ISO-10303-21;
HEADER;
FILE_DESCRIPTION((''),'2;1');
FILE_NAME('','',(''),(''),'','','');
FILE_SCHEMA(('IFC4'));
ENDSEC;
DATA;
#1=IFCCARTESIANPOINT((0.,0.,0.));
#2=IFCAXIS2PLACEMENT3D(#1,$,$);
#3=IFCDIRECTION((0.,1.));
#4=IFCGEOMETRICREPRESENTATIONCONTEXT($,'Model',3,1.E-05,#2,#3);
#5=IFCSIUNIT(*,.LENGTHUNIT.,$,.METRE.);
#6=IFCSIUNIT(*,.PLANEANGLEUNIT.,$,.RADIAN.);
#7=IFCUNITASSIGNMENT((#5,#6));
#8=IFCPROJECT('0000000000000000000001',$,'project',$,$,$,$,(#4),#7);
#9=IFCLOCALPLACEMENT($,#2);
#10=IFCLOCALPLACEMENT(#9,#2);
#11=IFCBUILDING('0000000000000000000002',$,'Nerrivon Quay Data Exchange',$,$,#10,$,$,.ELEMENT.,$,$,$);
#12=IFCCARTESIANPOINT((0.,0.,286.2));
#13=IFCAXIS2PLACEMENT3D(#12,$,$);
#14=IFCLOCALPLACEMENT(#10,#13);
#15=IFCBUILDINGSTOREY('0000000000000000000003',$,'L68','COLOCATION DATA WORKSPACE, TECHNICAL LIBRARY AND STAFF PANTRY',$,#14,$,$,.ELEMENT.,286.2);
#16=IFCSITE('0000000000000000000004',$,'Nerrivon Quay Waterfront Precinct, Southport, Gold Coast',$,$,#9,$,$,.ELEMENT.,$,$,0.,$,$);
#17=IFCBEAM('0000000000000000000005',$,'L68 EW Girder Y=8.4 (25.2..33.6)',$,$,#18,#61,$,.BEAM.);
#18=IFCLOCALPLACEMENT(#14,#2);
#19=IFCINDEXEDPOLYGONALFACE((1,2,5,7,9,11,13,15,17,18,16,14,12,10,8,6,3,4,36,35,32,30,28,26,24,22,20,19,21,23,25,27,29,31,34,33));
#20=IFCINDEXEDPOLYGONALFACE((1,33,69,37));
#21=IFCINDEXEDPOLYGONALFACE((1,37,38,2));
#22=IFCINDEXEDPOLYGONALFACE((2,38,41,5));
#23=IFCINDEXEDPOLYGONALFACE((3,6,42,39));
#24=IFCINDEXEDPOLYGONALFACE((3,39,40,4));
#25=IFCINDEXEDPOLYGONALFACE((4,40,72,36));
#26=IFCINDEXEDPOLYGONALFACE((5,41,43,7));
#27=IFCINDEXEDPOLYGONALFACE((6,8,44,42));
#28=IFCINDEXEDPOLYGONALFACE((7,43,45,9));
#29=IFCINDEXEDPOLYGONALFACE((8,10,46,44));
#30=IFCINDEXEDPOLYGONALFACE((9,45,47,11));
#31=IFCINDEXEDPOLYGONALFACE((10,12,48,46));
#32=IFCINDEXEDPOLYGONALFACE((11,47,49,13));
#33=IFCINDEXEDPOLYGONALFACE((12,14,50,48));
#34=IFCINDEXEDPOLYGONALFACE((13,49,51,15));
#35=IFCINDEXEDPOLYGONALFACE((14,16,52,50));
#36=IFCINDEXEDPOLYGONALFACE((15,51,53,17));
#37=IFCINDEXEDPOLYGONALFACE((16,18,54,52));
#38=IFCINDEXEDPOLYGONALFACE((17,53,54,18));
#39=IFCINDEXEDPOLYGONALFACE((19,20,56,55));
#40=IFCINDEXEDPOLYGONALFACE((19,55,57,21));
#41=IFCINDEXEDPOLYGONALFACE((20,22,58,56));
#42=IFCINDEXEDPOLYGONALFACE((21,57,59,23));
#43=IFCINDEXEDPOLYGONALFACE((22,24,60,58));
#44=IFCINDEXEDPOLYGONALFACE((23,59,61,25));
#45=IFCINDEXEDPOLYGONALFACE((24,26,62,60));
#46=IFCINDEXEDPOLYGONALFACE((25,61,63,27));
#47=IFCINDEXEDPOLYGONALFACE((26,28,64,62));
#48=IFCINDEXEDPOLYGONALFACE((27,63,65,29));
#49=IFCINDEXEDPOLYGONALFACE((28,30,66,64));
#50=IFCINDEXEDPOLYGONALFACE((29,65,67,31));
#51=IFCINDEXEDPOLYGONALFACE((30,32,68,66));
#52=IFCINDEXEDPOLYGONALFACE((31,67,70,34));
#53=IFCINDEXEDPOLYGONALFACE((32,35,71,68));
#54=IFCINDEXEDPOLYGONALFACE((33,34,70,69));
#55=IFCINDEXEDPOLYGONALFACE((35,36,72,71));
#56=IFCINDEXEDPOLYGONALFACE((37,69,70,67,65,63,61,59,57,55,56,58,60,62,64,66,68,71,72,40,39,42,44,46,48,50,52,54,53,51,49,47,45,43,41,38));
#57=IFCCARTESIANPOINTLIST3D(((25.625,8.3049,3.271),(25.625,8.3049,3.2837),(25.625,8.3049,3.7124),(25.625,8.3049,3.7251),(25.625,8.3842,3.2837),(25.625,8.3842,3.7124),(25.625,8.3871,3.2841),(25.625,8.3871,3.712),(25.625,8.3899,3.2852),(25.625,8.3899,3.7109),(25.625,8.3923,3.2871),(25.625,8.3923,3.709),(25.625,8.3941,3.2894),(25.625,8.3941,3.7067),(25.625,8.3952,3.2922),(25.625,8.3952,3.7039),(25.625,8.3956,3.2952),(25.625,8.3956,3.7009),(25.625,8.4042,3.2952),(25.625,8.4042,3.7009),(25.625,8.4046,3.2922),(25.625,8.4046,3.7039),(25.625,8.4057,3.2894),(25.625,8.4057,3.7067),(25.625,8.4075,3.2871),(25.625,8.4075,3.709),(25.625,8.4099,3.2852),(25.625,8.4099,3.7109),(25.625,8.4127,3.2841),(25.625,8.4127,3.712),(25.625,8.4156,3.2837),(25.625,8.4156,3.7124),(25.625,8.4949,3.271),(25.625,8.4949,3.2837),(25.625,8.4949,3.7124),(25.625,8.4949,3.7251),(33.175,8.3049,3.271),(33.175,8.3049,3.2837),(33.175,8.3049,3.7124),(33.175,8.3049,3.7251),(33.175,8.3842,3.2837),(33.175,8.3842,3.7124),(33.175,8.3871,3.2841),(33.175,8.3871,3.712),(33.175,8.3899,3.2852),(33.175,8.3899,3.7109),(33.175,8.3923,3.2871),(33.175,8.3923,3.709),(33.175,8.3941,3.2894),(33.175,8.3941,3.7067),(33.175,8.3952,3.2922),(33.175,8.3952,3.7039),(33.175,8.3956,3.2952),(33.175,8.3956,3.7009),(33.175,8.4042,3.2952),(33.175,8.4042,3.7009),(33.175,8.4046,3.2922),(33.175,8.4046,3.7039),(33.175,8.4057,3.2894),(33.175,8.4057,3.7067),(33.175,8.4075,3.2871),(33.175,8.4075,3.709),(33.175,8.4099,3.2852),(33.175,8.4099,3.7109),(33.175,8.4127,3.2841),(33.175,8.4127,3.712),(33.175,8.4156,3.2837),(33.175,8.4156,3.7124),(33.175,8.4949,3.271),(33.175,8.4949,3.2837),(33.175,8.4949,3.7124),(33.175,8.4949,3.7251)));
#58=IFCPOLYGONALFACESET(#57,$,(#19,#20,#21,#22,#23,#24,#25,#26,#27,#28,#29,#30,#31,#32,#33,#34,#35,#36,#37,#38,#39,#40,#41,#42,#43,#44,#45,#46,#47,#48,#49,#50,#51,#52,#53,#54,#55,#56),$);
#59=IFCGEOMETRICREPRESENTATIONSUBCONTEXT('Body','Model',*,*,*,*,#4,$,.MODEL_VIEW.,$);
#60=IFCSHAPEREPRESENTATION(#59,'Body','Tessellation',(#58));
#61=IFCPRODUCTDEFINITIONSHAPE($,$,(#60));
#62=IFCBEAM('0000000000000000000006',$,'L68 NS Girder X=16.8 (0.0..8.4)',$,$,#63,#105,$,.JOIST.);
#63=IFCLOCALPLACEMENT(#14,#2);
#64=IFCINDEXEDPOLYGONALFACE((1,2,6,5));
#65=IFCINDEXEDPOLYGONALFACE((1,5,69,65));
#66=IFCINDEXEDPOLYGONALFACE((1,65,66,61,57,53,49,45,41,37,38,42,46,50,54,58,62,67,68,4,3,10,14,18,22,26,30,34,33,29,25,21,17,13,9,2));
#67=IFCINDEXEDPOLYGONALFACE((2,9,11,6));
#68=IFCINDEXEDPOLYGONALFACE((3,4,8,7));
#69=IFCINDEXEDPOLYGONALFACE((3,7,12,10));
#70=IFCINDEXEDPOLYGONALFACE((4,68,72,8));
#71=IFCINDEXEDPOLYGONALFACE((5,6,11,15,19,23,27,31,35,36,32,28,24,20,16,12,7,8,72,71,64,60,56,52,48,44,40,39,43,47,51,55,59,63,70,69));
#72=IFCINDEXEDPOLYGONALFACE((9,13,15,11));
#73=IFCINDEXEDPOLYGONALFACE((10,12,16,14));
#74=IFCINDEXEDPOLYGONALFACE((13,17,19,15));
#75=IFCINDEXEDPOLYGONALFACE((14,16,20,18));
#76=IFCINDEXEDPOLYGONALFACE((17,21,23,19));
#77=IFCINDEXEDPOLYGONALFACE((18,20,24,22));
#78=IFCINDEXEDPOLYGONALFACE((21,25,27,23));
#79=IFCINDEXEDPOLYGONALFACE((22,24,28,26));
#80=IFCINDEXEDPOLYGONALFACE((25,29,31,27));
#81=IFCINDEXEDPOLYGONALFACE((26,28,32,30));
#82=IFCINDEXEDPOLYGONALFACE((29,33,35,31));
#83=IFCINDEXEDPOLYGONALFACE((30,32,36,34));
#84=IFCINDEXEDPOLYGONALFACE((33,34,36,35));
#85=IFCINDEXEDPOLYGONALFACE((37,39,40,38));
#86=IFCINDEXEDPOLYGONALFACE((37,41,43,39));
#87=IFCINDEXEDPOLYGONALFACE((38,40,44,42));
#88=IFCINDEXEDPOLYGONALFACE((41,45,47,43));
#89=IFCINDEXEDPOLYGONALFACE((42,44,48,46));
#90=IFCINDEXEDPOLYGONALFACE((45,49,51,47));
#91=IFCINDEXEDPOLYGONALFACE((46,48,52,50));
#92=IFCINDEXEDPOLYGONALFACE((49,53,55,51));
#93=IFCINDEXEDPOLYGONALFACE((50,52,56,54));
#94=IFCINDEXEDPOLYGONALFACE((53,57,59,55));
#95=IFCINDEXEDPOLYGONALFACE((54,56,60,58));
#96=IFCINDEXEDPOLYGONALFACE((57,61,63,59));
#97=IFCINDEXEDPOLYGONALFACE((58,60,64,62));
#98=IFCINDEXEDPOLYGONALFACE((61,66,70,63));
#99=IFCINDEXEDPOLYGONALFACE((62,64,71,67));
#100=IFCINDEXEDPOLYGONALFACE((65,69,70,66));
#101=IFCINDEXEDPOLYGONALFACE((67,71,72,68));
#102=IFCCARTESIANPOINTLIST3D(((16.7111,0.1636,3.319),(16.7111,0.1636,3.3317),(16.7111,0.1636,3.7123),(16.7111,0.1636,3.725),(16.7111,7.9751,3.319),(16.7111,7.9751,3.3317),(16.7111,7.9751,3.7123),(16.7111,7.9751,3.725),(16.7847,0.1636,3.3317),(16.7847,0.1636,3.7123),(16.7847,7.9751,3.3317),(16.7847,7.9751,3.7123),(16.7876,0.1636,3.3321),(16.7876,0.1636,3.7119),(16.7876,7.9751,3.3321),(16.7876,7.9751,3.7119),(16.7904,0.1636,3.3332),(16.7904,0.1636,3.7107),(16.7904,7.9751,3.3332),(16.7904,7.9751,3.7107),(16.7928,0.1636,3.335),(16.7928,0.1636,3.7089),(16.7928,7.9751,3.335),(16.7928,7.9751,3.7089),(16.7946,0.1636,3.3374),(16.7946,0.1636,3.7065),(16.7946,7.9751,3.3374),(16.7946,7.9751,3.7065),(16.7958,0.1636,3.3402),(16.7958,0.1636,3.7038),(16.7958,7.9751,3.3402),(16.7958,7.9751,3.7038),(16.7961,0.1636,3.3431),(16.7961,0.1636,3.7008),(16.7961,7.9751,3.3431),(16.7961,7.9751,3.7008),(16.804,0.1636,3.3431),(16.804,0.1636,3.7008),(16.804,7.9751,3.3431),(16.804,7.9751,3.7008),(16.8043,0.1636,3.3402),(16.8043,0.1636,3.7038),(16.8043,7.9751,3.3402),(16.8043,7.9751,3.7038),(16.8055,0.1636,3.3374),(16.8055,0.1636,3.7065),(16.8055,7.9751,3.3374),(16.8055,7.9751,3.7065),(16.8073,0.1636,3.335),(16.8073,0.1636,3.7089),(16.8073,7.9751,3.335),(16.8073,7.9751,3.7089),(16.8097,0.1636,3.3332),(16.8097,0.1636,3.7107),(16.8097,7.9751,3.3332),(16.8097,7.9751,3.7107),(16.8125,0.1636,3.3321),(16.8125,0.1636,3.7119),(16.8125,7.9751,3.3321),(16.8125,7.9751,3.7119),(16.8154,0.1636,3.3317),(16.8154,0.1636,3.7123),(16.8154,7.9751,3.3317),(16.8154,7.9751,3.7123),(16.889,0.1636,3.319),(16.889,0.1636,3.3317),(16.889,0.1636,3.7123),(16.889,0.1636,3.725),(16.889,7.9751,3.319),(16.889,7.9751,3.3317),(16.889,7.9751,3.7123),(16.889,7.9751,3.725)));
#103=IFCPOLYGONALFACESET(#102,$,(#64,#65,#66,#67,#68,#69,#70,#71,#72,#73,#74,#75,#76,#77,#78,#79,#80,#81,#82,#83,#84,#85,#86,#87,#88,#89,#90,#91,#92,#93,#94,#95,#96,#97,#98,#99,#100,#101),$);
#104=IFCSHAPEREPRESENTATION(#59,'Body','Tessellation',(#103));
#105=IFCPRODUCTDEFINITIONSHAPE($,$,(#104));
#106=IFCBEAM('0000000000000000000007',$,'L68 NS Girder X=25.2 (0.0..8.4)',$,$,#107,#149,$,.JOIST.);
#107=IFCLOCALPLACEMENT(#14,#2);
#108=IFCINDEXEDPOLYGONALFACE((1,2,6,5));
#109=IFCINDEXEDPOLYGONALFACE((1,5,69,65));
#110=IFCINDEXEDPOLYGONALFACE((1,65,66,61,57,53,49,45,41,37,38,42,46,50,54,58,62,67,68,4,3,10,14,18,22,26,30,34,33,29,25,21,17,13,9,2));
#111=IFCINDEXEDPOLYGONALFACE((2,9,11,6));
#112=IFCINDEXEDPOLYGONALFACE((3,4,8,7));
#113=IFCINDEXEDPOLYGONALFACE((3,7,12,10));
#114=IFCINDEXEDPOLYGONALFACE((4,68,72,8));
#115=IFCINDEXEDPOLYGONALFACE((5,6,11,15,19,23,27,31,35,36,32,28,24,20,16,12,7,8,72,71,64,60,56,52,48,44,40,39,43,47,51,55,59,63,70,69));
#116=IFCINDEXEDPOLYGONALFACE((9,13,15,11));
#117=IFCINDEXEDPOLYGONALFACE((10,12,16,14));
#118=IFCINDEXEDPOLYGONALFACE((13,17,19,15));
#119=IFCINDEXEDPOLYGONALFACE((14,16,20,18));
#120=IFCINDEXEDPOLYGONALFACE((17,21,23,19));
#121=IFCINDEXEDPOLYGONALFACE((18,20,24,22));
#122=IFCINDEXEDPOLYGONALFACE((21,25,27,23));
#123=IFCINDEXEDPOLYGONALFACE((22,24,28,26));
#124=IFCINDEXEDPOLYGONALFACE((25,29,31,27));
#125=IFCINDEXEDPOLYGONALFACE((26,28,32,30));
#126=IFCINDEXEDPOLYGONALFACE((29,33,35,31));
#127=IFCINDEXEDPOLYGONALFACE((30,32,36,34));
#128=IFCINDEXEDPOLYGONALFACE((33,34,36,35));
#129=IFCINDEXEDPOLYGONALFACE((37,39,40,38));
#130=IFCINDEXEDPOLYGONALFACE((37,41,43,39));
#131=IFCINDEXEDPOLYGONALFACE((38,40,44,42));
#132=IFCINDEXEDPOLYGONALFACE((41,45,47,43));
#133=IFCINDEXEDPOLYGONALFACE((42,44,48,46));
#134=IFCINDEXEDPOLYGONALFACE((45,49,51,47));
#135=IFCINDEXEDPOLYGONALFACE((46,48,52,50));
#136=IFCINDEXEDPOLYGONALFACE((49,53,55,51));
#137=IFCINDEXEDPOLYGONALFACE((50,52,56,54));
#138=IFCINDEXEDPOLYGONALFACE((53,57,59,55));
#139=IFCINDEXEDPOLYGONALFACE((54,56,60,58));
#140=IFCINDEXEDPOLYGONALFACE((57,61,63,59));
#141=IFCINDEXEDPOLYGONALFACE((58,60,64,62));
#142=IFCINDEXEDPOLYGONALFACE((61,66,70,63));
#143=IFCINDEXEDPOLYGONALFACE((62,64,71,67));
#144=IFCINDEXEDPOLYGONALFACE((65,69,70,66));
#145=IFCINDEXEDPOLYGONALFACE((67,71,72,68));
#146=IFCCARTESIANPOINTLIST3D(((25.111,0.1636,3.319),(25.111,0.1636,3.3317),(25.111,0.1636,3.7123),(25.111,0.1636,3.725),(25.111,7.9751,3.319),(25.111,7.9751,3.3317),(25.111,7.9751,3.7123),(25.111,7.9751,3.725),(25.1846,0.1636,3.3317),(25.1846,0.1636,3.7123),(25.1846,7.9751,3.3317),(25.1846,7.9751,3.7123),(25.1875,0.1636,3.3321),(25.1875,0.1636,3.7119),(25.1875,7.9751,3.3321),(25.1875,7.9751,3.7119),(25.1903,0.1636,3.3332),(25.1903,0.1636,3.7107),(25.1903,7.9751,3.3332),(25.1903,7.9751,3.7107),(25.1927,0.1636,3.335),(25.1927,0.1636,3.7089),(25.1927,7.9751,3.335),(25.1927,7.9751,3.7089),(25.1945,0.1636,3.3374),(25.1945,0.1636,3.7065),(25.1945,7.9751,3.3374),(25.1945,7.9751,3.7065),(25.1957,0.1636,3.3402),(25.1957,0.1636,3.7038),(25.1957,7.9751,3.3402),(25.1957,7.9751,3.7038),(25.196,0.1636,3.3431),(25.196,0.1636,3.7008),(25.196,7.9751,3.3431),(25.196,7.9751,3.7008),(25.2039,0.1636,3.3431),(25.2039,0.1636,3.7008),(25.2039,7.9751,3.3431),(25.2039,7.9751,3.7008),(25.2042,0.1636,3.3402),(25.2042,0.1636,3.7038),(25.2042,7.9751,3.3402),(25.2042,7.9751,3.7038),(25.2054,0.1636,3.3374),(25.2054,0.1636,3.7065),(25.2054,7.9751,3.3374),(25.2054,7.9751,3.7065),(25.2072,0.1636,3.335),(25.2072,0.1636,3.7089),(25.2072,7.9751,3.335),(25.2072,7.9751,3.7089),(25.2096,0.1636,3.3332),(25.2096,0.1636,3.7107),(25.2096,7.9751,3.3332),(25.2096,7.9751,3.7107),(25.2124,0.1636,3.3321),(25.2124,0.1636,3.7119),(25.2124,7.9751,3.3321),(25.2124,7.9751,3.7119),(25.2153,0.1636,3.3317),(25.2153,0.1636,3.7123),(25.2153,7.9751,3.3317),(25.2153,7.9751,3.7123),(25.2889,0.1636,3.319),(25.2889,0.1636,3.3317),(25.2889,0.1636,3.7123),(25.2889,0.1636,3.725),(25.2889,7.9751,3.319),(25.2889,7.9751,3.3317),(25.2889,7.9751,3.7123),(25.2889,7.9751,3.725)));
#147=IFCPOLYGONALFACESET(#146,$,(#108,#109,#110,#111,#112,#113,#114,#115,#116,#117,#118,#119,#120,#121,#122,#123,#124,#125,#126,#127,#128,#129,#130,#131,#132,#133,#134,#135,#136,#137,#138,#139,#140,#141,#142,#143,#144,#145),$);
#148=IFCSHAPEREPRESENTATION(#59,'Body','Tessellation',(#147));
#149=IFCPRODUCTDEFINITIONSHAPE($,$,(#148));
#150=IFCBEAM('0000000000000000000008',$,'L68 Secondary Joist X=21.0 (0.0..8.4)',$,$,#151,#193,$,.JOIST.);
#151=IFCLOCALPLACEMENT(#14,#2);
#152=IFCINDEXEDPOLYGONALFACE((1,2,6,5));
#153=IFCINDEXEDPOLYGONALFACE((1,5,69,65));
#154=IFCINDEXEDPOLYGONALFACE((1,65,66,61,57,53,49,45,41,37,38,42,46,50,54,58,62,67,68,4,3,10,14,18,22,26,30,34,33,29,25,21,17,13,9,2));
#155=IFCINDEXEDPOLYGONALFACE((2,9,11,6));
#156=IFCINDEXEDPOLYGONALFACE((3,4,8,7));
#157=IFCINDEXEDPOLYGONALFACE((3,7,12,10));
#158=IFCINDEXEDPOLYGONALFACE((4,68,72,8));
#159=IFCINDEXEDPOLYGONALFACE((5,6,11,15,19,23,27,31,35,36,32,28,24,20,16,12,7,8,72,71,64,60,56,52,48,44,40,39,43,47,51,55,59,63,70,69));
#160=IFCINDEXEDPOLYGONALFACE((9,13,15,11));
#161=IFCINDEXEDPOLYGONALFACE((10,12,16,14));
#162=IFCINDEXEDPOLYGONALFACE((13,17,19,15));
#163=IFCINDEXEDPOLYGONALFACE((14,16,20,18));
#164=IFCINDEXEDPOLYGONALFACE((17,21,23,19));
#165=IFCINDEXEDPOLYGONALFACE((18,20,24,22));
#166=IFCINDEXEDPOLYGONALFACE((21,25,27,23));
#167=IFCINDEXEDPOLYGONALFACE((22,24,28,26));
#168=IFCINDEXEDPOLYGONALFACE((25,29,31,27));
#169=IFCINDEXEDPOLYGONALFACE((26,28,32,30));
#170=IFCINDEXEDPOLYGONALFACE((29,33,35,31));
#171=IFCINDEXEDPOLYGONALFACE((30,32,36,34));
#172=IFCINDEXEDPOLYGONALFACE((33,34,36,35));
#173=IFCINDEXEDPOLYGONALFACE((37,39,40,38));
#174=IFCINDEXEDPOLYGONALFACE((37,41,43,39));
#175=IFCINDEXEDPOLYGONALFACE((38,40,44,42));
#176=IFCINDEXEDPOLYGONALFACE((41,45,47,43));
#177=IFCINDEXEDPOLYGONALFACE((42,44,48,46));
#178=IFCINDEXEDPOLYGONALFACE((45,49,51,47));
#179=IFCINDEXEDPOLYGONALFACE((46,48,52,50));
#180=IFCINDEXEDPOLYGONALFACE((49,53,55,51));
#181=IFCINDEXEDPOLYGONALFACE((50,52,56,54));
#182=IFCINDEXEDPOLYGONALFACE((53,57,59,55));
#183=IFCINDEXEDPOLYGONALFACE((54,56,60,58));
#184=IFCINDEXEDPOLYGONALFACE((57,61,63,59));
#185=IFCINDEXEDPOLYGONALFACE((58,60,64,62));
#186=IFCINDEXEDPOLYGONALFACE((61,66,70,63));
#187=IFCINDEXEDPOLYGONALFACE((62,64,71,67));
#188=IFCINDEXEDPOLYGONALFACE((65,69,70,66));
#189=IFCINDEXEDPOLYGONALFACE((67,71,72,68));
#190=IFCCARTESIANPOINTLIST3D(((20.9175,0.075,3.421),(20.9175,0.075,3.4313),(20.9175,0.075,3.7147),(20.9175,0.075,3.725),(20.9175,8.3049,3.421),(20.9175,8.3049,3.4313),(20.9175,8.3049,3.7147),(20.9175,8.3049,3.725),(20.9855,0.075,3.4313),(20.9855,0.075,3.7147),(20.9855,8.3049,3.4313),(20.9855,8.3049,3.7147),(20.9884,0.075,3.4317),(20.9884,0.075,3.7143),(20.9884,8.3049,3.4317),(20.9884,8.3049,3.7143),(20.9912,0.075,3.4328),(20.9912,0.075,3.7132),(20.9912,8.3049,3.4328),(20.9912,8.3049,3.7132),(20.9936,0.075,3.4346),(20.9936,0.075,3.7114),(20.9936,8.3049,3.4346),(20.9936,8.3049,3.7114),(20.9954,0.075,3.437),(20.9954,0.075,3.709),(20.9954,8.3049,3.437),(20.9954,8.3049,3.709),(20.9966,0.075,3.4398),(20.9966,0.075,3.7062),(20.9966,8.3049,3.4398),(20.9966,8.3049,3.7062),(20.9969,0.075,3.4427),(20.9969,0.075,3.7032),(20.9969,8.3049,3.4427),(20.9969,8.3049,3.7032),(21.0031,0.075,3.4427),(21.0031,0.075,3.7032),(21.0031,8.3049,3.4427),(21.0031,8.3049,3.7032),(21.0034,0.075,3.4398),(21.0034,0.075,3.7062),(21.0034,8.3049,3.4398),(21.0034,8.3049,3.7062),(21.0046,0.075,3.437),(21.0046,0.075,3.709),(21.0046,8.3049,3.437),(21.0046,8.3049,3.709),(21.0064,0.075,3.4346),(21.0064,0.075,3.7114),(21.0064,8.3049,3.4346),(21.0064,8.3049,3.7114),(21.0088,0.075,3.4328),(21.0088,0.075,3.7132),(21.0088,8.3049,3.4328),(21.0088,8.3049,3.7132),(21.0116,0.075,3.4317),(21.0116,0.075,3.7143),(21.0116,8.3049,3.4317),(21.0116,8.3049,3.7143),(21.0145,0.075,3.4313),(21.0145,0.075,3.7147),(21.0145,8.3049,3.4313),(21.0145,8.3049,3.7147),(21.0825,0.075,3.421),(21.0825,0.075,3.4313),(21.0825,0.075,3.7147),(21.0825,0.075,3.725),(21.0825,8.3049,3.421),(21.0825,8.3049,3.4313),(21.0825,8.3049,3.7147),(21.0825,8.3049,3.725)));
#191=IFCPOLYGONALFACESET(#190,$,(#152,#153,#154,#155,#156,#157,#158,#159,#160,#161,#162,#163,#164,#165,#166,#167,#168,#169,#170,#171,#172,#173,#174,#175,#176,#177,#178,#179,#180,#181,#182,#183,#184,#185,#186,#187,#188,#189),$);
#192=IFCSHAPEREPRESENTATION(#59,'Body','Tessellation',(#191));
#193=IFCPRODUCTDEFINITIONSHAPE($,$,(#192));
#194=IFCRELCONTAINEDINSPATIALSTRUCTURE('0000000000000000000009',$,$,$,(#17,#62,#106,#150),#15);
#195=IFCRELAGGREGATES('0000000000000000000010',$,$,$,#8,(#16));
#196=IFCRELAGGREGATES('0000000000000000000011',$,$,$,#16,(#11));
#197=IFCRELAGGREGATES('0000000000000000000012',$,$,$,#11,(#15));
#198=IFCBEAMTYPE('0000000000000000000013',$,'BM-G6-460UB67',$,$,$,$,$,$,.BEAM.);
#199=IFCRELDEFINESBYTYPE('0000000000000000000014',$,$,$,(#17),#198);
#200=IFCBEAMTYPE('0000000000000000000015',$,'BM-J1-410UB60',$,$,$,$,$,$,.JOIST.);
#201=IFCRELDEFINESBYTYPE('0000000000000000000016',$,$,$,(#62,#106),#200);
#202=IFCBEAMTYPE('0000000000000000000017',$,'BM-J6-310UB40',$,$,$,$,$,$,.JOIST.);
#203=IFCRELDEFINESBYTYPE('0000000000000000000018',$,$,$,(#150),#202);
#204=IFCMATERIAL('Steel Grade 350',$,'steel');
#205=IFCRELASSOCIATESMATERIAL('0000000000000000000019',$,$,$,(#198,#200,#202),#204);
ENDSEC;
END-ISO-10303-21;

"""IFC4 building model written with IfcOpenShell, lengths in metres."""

from ifc_helpers import new_model, si_unit, direction, frame, origin, origin_2d, place, context, subcontext, project, spatial, i_section, extrude, material, material_profile, profile_set, type_object, element, save


model = new_model("IFC4")

# Units and contexts
model_context = context("Model", 3, precision=1e-05, world=origin(), true_north=direction((0.0, 1.0)))
body_context = subcontext(model_context, "Body", "Model", "MODEL_VIEW")
ifc_project = project(units=[si_unit("LENGTHUNIT", "METRE"), si_unit("PLANEANGLEUNIT", "RADIAN")], contexts=[model_context])

# Site, building, storey
site_placement = place(None, origin())
site = spatial("IfcSite", under=ifc_project, at=site_placement, Name="Nerrivon Quay Waterfront Precinct, Southport, Gold Coast", CompositionType="ELEMENT", RefElevation=0.0)
building_placement = place(site_placement, origin())
building = spatial("IfcBuilding", under=site, at=building_placement, Name="Nerrivon Quay Data Exchange", CompositionType="ELEMENT")
storey_placement = place(building_placement, frame((0.0, 0.0, 286.2)))
storey = spatial("IfcBuildingStorey", under=building, at=storey_placement, Name="L68", Description="COLOCATION DATA WORKSPACE, TECHNICAL LIBRARY AND STAFF PANTRY", CompositionType="ELEMENT", Elevation=286.2)

# Shared definitions
ifc_material_1 = material(Name="Steel Grade 350", Category="steel")

# Beams
ifc_material_profile_1 = material_profile(ifc_material_1, i_section(OverallWidth=0.1899, OverallDepth=0.4541, WebThickness=0.0085, FlangeThickness=0.0127, FilletRadius=0.0115, at=origin_2d()), Name="460UB67.1")
ifc_profile_set_1 = profile_set([ifc_material_profile_1], Name="Steel Grade 350")
beam_type_1 = type_object("IfcBeamType", Name="BM-G6-460UB67", PredefinedType="BEAM", material=ifc_profile_set_1)
beam_1_placement = place(storey_placement, frame((25.625, 8.3999, 3.498), z_axis=(1.0, 0.0, 0.0), x_axis=(0.0, 1.0, 0.0)))
element("IfcBeam", 1, at=beam_1_placement, inside=storey, type_object=beam_type_1, Name="L68 EW Girder Y=8.4 (25.2..33.6)", PredefinedType="BEAM", context=body_context, shape_type="SweptSolid", body=[
    extrude(i_section(OverallWidth=0.1899, OverallDepth=0.4541, WebThickness=0.0085, FlangeThickness=0.0127, FilletRadius=0.0115, at=origin_2d()), origin(), (0.0, 0.0, 1.0), 7.55),
])
ifc_material_profile_2 = material_profile(ifc_material_1, i_section(OverallWidth=0.178, OverallDepth=0.406, WebThickness=0.0078, FlangeThickness=0.0127, FilletRadius=0.0115, at=origin_2d()), Name="410UB59.7")
ifc_profile_set_2 = profile_set([ifc_material_profile_2], Name="Steel Grade 350")
beam_type_2 = type_object("IfcBeamType", Name="BM-J1-410UB60", PredefinedType="JOIST", material=ifc_profile_set_2)
for number, where, z_axis, x_axis, name in (
    (2, (16.8, 0.1636, 3.522), (0.0, 1.0, 0.0), (-1.0, 0.0, 0.0), "L68 NS Girder X=16.8 (0.0..8.4)"),
    (3, (25.2, 0.1636, 3.522), (0.0, 1.0, 0.0), (-1.0, 0.0, 0.0), "L68 NS Girder X=25.2 (0.0..8.4)"),
):
    element("IfcBeam", number, at=place(storey_placement, frame(where, z_axis=z_axis, x_axis=x_axis)), inside=storey, type_object=beam_type_2, Name=name, PredefinedType="JOIST", context=body_context, shape_type="SweptSolid", body=[
        extrude(i_section(OverallWidth=0.178, OverallDepth=0.406, WebThickness=0.0078, FlangeThickness=0.0127, FilletRadius=0.0115, at=origin_2d()), origin(), (0.0, 0.0, 1.0), 7.8115),
    ])
ifc_material_profile_3 = material_profile(ifc_material_1, i_section(OverallWidth=0.165, OverallDepth=0.304, WebThickness=0.0061, FlangeThickness=0.0103, FilletRadius=0.0115, at=origin_2d()), Name="310UB40.4")
ifc_profile_set_3 = profile_set([ifc_material_profile_3], Name="Steel Grade 350")
beam_type_3 = type_object("IfcBeamType", Name="BM-J6-310UB40", PredefinedType="JOIST", material=ifc_profile_set_3)
beam_2_placement = place(storey_placement, frame((21.0, 0.075, 3.573), z_axis=(0.0, 1.0, 0.0), x_axis=(-1.0, 0.0, 0.0)))
element("IfcBeam", 4, at=beam_2_placement, inside=storey, type_object=beam_type_3, Name="L68 Secondary Joist X=21.0 (0.0..8.4)", PredefinedType="JOIST", context=body_context, shape_type="SweptSolid", body=[
    extrude(i_section(OverallWidth=0.165, OverallDepth=0.304, WebThickness=0.0061, FlangeThickness=0.0103, FilletRadius=0.0115, at=origin_2d()), origin(), (0.0, 0.0, 1.0), 8.23),
])

save(model, "model.ifc")
